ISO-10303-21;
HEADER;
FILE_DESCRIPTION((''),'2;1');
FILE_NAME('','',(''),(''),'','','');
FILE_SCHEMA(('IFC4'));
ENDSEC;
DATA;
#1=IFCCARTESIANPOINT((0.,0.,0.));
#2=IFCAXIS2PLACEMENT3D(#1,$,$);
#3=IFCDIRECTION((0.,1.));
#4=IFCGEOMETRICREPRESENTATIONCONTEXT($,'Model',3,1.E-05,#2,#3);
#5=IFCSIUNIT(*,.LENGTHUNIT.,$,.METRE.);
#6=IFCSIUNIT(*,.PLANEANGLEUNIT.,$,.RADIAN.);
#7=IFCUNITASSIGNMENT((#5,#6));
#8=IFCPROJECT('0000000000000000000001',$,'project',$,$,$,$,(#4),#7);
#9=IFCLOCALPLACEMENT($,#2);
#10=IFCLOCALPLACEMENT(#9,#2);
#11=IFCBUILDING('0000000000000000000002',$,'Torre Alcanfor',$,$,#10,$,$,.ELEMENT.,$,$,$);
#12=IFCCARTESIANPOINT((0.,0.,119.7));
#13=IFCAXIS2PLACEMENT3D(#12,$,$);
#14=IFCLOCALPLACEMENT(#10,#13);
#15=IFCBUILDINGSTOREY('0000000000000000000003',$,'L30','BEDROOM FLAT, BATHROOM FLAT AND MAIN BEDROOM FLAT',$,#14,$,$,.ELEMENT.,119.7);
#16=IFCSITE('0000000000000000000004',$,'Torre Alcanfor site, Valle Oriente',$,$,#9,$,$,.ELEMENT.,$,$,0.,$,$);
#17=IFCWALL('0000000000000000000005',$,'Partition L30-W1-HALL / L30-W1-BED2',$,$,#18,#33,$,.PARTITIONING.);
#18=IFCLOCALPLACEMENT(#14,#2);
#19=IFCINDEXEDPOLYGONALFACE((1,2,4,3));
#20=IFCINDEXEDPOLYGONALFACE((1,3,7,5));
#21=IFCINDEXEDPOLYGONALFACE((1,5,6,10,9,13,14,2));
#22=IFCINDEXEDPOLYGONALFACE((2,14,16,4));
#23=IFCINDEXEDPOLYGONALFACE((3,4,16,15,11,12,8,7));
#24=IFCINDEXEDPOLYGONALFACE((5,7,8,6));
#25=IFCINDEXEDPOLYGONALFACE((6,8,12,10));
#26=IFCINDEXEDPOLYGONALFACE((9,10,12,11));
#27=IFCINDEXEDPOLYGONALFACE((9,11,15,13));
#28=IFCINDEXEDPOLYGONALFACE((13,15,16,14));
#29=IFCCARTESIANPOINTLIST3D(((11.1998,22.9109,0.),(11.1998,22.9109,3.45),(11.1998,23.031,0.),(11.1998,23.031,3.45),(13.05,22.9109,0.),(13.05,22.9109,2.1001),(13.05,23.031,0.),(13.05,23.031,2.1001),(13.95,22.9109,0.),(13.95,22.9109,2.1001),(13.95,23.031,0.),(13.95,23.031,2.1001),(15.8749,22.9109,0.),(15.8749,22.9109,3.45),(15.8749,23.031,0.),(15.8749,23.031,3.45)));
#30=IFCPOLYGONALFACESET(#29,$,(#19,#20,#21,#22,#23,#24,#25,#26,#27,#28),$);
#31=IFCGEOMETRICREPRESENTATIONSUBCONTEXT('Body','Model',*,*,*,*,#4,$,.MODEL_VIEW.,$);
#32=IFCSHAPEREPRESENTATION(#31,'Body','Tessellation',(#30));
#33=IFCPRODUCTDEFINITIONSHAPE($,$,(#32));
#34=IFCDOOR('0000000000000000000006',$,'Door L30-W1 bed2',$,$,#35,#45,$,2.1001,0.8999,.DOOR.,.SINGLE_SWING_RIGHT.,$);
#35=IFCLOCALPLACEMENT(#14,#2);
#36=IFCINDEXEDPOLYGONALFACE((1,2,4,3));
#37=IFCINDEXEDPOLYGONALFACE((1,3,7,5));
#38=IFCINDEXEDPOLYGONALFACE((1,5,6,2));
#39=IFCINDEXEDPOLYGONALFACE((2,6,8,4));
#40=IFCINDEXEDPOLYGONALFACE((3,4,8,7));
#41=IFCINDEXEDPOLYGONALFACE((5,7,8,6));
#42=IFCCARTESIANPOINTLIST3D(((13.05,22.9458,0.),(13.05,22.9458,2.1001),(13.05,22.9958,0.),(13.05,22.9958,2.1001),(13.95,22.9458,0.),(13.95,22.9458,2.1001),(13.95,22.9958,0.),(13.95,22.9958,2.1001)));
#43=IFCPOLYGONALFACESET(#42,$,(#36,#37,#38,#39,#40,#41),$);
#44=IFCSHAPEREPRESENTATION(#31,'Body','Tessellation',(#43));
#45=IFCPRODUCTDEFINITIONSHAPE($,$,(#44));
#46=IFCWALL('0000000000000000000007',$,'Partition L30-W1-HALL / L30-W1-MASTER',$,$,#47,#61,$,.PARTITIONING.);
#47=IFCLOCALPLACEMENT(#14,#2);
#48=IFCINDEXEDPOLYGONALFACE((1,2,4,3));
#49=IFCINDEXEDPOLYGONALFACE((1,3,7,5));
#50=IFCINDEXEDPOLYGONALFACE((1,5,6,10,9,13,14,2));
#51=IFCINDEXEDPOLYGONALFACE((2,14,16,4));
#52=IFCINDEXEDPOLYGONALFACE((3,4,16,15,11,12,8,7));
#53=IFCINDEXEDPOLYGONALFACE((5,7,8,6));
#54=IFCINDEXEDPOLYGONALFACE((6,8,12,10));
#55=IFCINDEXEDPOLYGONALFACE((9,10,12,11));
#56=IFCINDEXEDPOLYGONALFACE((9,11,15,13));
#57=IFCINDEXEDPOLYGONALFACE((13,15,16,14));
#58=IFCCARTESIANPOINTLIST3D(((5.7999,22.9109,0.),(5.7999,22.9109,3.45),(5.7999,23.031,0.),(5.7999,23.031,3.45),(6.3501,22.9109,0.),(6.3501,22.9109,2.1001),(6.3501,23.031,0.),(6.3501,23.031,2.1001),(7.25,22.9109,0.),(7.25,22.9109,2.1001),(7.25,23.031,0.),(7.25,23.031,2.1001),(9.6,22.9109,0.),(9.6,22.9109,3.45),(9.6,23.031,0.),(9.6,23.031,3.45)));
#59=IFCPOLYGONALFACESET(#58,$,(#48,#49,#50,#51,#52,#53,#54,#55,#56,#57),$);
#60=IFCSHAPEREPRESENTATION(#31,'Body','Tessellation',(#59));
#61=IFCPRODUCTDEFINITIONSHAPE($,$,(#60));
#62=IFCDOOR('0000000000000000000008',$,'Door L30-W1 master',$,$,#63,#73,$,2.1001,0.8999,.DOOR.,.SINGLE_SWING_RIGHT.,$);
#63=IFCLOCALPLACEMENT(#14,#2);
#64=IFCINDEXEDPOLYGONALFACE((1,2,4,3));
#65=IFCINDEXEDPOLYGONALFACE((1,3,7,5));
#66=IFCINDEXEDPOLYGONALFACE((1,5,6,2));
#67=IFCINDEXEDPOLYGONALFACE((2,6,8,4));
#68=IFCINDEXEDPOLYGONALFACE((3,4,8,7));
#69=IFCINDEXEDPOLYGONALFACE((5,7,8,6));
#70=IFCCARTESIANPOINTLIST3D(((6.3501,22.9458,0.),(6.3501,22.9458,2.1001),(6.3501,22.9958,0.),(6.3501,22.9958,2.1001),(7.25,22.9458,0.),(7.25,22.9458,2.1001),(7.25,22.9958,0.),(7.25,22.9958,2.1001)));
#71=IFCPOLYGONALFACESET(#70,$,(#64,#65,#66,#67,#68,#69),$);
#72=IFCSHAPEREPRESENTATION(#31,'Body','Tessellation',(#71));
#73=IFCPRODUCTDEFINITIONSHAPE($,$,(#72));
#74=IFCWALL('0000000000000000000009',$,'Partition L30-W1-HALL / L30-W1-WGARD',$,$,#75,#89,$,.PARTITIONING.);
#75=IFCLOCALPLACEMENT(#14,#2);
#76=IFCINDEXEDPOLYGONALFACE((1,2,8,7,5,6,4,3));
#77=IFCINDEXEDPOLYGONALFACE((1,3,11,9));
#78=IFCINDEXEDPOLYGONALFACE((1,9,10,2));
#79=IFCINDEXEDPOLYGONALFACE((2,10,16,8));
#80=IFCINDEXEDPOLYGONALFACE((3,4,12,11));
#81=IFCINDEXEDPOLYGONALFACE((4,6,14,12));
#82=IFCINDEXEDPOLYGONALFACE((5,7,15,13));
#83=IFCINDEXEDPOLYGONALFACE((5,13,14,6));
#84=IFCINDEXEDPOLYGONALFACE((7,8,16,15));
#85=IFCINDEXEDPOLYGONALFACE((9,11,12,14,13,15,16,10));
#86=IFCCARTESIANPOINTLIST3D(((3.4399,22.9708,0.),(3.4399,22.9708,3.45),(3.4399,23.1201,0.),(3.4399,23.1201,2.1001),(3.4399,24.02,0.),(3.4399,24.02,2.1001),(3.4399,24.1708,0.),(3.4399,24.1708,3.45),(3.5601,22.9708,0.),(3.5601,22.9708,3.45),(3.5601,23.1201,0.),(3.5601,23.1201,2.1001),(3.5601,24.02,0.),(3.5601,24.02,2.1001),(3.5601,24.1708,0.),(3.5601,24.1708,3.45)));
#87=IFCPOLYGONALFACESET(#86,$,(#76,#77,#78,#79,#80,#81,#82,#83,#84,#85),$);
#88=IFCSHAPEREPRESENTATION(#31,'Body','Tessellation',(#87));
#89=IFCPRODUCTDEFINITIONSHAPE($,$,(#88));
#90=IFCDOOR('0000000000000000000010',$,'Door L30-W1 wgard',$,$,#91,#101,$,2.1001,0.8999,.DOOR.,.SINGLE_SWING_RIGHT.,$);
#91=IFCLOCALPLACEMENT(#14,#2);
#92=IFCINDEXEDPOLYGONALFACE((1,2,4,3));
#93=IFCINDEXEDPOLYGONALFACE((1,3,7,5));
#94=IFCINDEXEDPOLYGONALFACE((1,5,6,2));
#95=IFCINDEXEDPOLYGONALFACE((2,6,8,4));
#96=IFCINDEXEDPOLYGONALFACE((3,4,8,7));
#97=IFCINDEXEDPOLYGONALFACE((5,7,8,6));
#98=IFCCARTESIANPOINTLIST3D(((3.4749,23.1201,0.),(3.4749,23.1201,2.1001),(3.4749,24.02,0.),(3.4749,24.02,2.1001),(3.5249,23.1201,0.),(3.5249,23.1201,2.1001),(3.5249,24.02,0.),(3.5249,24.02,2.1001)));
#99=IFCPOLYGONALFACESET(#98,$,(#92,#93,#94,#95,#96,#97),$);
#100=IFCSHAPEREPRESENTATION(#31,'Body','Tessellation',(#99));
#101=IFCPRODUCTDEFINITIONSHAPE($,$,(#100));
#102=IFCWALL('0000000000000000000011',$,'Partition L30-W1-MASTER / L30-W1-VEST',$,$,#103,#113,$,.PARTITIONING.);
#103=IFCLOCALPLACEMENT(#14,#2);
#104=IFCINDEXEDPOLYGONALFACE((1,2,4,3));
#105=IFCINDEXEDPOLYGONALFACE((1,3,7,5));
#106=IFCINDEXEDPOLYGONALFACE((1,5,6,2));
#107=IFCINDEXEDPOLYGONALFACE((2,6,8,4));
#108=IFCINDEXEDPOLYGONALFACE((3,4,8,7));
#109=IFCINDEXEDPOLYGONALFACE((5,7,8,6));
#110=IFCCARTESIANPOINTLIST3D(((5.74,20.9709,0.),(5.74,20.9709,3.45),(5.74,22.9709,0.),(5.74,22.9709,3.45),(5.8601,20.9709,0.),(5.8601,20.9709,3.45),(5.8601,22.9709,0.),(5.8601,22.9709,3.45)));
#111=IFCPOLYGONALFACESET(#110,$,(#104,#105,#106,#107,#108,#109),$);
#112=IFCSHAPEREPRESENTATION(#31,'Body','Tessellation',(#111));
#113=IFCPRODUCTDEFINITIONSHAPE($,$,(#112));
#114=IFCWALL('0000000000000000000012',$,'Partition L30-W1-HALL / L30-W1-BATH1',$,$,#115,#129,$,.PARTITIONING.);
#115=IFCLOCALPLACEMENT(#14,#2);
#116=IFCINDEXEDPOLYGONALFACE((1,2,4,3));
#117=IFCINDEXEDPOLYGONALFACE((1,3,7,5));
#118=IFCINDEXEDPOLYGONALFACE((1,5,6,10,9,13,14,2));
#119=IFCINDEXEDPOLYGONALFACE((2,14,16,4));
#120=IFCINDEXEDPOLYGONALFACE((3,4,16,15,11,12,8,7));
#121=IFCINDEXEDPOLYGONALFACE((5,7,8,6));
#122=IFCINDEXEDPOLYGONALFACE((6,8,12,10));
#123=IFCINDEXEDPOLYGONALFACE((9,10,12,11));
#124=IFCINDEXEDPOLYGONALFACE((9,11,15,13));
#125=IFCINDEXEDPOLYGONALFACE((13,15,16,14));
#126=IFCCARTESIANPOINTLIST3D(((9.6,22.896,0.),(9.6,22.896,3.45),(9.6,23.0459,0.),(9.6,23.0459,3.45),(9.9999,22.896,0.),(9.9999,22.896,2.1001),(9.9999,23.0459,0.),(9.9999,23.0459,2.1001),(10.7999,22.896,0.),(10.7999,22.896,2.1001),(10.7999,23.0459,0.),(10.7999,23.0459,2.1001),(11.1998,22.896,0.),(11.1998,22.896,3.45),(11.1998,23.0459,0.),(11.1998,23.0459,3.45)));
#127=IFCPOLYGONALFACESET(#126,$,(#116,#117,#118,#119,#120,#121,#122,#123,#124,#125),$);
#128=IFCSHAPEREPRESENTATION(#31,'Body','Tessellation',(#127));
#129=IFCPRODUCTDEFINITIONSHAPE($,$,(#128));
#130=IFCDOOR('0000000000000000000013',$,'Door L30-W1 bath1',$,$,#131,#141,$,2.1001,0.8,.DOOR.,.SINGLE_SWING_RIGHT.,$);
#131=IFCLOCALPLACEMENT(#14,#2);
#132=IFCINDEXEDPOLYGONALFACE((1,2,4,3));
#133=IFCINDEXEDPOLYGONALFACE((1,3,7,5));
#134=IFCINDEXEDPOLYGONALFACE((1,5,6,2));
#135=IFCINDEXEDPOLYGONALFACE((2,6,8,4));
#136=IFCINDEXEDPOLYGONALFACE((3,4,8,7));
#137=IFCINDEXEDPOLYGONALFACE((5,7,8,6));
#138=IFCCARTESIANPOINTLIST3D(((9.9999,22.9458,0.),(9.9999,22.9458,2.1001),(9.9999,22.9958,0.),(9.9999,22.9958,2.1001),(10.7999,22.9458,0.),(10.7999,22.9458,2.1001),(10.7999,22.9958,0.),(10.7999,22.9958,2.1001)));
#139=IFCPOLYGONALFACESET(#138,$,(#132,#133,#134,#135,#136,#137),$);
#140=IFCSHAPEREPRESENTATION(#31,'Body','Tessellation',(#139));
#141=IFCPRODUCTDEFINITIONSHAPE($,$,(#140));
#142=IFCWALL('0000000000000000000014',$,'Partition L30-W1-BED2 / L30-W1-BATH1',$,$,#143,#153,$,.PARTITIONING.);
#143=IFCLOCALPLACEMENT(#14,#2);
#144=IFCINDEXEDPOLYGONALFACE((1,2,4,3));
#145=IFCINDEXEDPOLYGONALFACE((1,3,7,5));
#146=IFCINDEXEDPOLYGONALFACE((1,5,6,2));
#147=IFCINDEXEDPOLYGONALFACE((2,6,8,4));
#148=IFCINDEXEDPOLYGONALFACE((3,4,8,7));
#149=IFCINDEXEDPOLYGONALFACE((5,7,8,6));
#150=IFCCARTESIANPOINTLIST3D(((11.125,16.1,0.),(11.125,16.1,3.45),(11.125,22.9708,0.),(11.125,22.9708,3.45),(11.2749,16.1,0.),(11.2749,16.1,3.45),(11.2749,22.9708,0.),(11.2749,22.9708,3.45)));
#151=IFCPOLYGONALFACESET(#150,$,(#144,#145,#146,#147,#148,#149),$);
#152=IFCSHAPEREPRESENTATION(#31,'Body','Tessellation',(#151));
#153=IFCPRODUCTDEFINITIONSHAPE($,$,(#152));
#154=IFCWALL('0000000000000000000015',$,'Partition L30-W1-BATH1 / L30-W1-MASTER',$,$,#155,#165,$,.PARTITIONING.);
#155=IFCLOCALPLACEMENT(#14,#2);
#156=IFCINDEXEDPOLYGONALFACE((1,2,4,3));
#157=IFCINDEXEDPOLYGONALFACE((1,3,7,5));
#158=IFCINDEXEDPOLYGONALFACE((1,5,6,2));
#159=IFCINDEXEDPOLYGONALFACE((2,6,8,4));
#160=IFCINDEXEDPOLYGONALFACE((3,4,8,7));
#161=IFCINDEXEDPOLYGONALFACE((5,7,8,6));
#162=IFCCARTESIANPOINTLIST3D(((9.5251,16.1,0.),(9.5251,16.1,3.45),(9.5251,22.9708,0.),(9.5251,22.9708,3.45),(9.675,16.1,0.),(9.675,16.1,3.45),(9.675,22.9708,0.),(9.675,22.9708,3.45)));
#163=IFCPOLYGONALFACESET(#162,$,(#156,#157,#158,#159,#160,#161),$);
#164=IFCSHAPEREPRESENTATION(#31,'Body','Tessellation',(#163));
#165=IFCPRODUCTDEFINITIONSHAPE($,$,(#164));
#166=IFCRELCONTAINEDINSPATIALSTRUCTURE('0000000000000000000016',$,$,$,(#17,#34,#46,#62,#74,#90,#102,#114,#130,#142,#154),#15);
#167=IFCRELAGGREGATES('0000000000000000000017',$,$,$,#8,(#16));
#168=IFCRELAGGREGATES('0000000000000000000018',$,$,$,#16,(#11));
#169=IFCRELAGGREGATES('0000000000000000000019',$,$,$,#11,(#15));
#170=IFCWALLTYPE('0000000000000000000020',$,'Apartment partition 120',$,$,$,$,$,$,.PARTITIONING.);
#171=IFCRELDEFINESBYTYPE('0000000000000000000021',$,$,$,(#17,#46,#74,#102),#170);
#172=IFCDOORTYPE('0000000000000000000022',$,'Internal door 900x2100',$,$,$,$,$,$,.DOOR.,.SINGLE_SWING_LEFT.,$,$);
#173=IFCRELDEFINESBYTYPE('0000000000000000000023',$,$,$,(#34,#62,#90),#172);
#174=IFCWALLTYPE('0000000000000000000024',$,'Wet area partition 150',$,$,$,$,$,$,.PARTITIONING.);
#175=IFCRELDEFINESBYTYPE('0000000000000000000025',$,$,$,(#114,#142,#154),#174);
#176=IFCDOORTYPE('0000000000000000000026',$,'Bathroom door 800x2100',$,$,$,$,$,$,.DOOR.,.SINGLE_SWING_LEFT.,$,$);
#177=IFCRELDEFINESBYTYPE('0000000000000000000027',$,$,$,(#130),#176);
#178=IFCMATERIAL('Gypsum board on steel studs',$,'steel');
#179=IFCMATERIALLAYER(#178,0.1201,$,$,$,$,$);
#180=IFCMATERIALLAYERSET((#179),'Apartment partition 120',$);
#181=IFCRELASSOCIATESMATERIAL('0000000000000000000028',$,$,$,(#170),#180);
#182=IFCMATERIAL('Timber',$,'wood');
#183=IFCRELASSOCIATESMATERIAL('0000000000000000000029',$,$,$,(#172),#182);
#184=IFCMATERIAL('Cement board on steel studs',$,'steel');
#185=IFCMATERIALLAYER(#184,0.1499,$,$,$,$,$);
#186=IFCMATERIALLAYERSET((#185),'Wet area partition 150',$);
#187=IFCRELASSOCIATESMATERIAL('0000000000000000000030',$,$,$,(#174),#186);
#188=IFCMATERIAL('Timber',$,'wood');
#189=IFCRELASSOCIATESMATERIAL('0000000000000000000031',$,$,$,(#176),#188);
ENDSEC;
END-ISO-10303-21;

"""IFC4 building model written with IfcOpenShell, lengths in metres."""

from ifc_helpers import new_model, si_unit, direction, frame, frame_2d, origin, place, context, subcontext, project, spatial, rectangle, extrude, material, layer, layer_set, type_object, element, fill, save


model = new_model("IFC4")

# Units and contexts
model_context = context("Model", 3, precision=1e-05, world=origin(), true_north=direction((0.0, 1.0)))
body_context = subcontext(model_context, "Body", "Model", "MODEL_VIEW")
ifc_project = project(units=[si_unit("LENGTHUNIT", "METRE"), si_unit("PLANEANGLEUNIT", "RADIAN")], contexts=[model_context])

# Site, building, storey
site_placement = place(None, origin())
site = spatial("IfcSite", under=ifc_project, at=site_placement, Name="Torre Alcanfor site, Valle Oriente", CompositionType="ELEMENT", RefElevation=0.0)
building_placement = place(site_placement, origin())
building = spatial("IfcBuilding", under=site, at=building_placement, Name="Torre Alcanfor", CompositionType="ELEMENT")
storey_placement = place(building_placement, frame((0.0, 0.0, 119.7)))
storey = spatial("IfcBuildingStorey", under=building, at=storey_placement, Name="L30", Description="BEDROOM FLAT, BATHROOM FLAT AND MAIN BEDROOM FLAT", CompositionType="ELEMENT", Elevation=119.7)

# Shared definitions
ifc_material_1 = material(Name="Gypsum board on steel studs", Category="steel")
ifc_layer_1 = layer(ifc_material_1, 0.1201)
ifc_layer_set_1 = layer_set([ifc_layer_1], Name="Apartment partition 120")
wall_type_1 = type_object("IfcWallType", Name="Apartment partition 120", PredefinedType="PARTITIONING", material=ifc_layer_set_1)
ifc_material_2 = material(Name="Timber", Category="wood")
door_type_1 = type_object("IfcDoorType", Name="Internal door 900x2100", OperationType="SINGLE_SWING_LEFT", PredefinedType="DOOR", material=ifc_material_2)

# Walls, openings, doors
wall_1_placement = place(storey_placement, frame((11.2, 22.9709, 0.0), z_axis=(0.0, 0.0, 1.0), x_axis=(1.0, 0.0, 0.0)))
wall_1 = element("IfcWall", 1, at=wall_1_placement, inside=storey, type_object=wall_type_1, Name="Partition L30-W1-HALL / L30-W1-BED2", PredefinedType="PARTITIONING", context=body_context, shape_type="SweptSolid", body=[
    extrude(rectangle(XDim=4.675, YDim=0.1201, at=frame_2d((2.3374, 0.0))), origin(), (0.0, 0.0, 1.0), 3.45),
])
opening_1_placement = place(wall_1_placement, frame((1.8501, 0.0, 0.0)))
opening_1 = element("IfcOpeningElement", 2, at=opening_1_placement, cuts=wall_1, PredefinedType="OPENING", context=body_context, shape_type="SweptSolid", body=[
    extrude(rectangle(XDim=0.8999, YDim=2.1001, at=frame_2d((0.45, 1.05))), frame((0.0, 0.0701, 0.0), z_axis=(0.0, -1.0, 0.0), x_axis=(1.0, 0.0, 0.0)), (0.0, 0.0, 1.0), 0.1401),
])
door_1_placement = place(opening_1_placement, frame((0.8999, 0.0, 0.0), z_axis=(0.0, 0.0, 1.0), x_axis=(-1.0, 0.0, 0.0)))
door_1 = element("IfcDoor", 3, at=door_1_placement, inside=storey, type_object=door_type_1, Name="Door L30-W1 bed2", OperationType="SINGLE_SWING_RIGHT", OverallHeight=2.1001, OverallWidth=0.8999, PredefinedType="DOOR", context=body_context, shape_type="SweptSolid", body=[
    extrude(rectangle(XDim=0.8999, YDim=2.1001, at=frame_2d((0.45, 1.05))), frame((0.0, 0.0251, 0.0), z_axis=(0.0, -1.0, 0.0), x_axis=(1.0, 0.0, 0.0)), (0.0, 0.0, 1.0), 0.05),
])
fill(opening_1, door_1)
wall_2_placement = place(storey_placement, frame((5.8, 22.9709, 0.0), z_axis=(0.0, 0.0, 1.0), x_axis=(1.0, 0.0, 0.0)))
wall_2 = element("IfcWall", 4, at=wall_2_placement, inside=storey, type_object=wall_type_1, Name="Partition L30-W1-HALL / L30-W1-MASTER", PredefinedType="PARTITIONING", context=body_context, shape_type="SweptSolid", body=[
    extrude(rectangle(XDim=3.8, YDim=0.1201, at=frame_2d((1.8999, 0.0))), origin(), (0.0, 0.0, 1.0), 3.45),
])
opening_2_placement = place(wall_2_placement, frame((0.55, 0.0, 0.0)))
opening_2 = element("IfcOpeningElement", 5, at=opening_2_placement, cuts=wall_2, PredefinedType="OPENING", context=body_context, shape_type="SweptSolid", body=[
    extrude(rectangle(XDim=0.8999, YDim=2.1001, at=frame_2d((0.45, 1.05))), frame((0.0, 0.0701, 0.0), z_axis=(0.0, -1.0, 0.0), x_axis=(1.0, 0.0, 0.0)), (0.0, 0.0, 1.0), 0.1401),
])
door_2_placement = place(opening_2_placement, frame((0.8999, 0.0, 0.0), z_axis=(0.0, 0.0, 1.0), x_axis=(-1.0, 0.0, 0.0)))
door_2 = element("IfcDoor", 6, at=door_2_placement, inside=storey, type_object=door_type_1, Name="Door L30-W1 master", OperationType="SINGLE_SWING_RIGHT", OverallHeight=2.1001, OverallWidth=0.8999, PredefinedType="DOOR", context=body_context, shape_type="SweptSolid", body=[
    extrude(rectangle(XDim=0.8999, YDim=2.1001, at=frame_2d((0.45, 1.05))), frame((0.0, 0.0251, 0.0), z_axis=(0.0, -1.0, 0.0), x_axis=(1.0, 0.0, 0.0)), (0.0, 0.0, 1.0), 0.05),
])
fill(opening_2, door_2)
wall_3_placement = place(storey_placement, frame((3.5, 24.1709, 0.0), z_axis=(0.0, 0.0, 1.0), x_axis=(0.0, -1.0, 0.0)))
wall_3 = element("IfcWall", 7, at=wall_3_placement, inside=storey, type_object=wall_type_1, Name="Partition L30-W1-HALL / L30-W1-WGARD", PredefinedType="PARTITIONING", context=body_context, shape_type="SweptSolid", body=[
    extrude(rectangle(XDim=1.2, YDim=0.1201, at=frame_2d((0.6001, 0.0))), origin(), (0.0, 0.0, 1.0), 3.45),
])
opening_3_placement = place(wall_3_placement, frame((0.1509, 0.0, 0.0)))
opening_3 = element("IfcOpeningElement", 8, at=opening_3_placement, cuts=wall_3, PredefinedType="OPENING", context=body_context, shape_type="SweptSolid", body=[
    extrude(rectangle(XDim=0.8999, YDim=2.1001, at=frame_2d((0.45, 1.05))), frame((0.0, 0.0701, 0.0), z_axis=(0.0, -1.0, 0.0), x_axis=(1.0, 0.0, 0.0)), (0.0, 0.0, 1.0), 0.1401),
])
door_3_placement = place(opening_3_placement, frame((0.8999, 0.0, 0.0), z_axis=(0.0, 0.0, 1.0), x_axis=(-1.0, 0.0, 0.0)))
door_3 = element("IfcDoor", 9, at=door_3_placement, inside=storey, type_object=door_type_1, Name="Door L30-W1 wgard", OperationType="SINGLE_SWING_RIGHT", OverallHeight=2.1001, OverallWidth=0.8999, PredefinedType="DOOR", context=body_context, shape_type="SweptSolid", body=[
    extrude(rectangle(XDim=0.8999, YDim=2.1001, at=frame_2d((0.45, 1.05))), frame((0.0, 0.0251, 0.0), z_axis=(0.0, -1.0, 0.0), x_axis=(1.0, 0.0, 0.0)), (0.0, 0.0, 1.0), 0.05),
])
fill(opening_3, door_3)

# Wall
wall_4_placement = place(storey_placement, frame((5.8, 20.9709, 0.0), z_axis=(0.0, 0.0, 1.0), x_axis=(0.0, 1.0, 0.0)))
element("IfcWall", 10, at=wall_4_placement, inside=storey, type_object=wall_type_1, Name="Partition L30-W1-MASTER / L30-W1-VEST", PredefinedType="PARTITIONING", context=body_context, shape_type="SweptSolid", body=[
    extrude(rectangle(XDim=2.0, YDim=0.1201, at=frame_2d((1.0, 0.0))), origin(), (0.0, 0.0, 1.0), 3.45),
])

# Wall, opening, door
ifc_material_3 = material(Name="Cement board on steel studs", Category="steel")
ifc_layer_2 = layer(ifc_material_3, 0.1499)
ifc_layer_set_2 = layer_set([ifc_layer_2], Name="Wet area partition 150")
wall_type_2 = type_object("IfcWallType", Name="Wet area partition 150", PredefinedType="PARTITIONING", material=ifc_layer_set_2)
wall_5_placement = place(storey_placement, frame((9.6001, 22.9709, 0.0), z_axis=(0.0, 0.0, 1.0), x_axis=(1.0, 0.0, 0.0)))
wall_5 = element("IfcWall", 11, at=wall_5_placement, inside=storey, type_object=wall_type_2, Name="Partition L30-W1-HALL / L30-W1-BATH1", PredefinedType="PARTITIONING", context=body_context, shape_type="SweptSolid", body=[
    extrude(rectangle(XDim=1.5999, YDim=0.1499, at=frame_2d((0.7998, 0.0))), origin(), (0.0, 0.0, 1.0), 3.45),
])
opening_4_placement = place(wall_5_placement, frame((0.3999, 0.0, 0.0)))
opening_4 = element("IfcOpeningElement", 12, at=opening_4_placement, cuts=wall_5, PredefinedType="OPENING", context=body_context, shape_type="SweptSolid", body=[
    extrude(rectangle(XDim=0.8, YDim=2.1001, at=frame_2d((0.3999, 1.05))), frame((0.0, 0.085, 0.0), z_axis=(0.0, -1.0, 0.0), x_axis=(1.0, 0.0, 0.0)), (0.0, 0.0, 1.0), 0.1699),
])
ifc_material_4 = material(Name="Timber", Category="wood")
door_type_2 = type_object("IfcDoorType", Name="Bathroom door 800x2100", OperationType="SINGLE_SWING_LEFT", PredefinedType="DOOR", material=ifc_material_4)
door_4_placement = place(opening_4_placement, frame((0.8, 0.0, 0.0), z_axis=(0.0, 0.0, 1.0), x_axis=(-1.0, 0.0, 0.0)))
door_4 = element("IfcDoor", 13, at=door_4_placement, inside=storey, type_object=door_type_2, Name="Door L30-W1 bath1", OperationType="SINGLE_SWING_RIGHT", OverallHeight=2.1001, OverallWidth=0.8, PredefinedType="DOOR", context=body_context, shape_type="SweptSolid", body=[
    extrude(rectangle(XDim=0.8, YDim=2.1001, at=frame_2d((0.4001, 1.05))), frame((0.0, 0.0251, 0.0), z_axis=(0.0, -1.0, 0.0), x_axis=(1.0, 0.0, 0.0)), (0.0, 0.0, 1.0), 0.05),
])
fill(opening_4, door_4)

# Walls
for number, where, z_axis, x_axis, name in (
    (14, (11.2, 22.9709, 0.0), (0.0, 0.0, 1.0), (0.0, -1.0, 0.0), "Partition L30-W1-BED2 / L30-W1-BATH1"),
    (15, (9.6001, 22.9709, 0.0), (0.0, 0.0, 1.0), (0.0, -1.0, 0.0), "Partition L30-W1-BATH1 / L30-W1-MASTER"),
):
    element("IfcWall", number, at=place(storey_placement, frame(where, z_axis=z_axis, x_axis=x_axis)), inside=storey, type_object=wall_type_2, Name=name, PredefinedType="PARTITIONING", context=body_context, shape_type="SweptSolid", body=[
        extrude(rectangle(XDim=6.8708, YDim=0.1499, at=frame_2d((3.4355, 0.0))), origin(), (0.0, 0.0, 1.0), 3.45),
    ])

save(model, "model.ifc")
